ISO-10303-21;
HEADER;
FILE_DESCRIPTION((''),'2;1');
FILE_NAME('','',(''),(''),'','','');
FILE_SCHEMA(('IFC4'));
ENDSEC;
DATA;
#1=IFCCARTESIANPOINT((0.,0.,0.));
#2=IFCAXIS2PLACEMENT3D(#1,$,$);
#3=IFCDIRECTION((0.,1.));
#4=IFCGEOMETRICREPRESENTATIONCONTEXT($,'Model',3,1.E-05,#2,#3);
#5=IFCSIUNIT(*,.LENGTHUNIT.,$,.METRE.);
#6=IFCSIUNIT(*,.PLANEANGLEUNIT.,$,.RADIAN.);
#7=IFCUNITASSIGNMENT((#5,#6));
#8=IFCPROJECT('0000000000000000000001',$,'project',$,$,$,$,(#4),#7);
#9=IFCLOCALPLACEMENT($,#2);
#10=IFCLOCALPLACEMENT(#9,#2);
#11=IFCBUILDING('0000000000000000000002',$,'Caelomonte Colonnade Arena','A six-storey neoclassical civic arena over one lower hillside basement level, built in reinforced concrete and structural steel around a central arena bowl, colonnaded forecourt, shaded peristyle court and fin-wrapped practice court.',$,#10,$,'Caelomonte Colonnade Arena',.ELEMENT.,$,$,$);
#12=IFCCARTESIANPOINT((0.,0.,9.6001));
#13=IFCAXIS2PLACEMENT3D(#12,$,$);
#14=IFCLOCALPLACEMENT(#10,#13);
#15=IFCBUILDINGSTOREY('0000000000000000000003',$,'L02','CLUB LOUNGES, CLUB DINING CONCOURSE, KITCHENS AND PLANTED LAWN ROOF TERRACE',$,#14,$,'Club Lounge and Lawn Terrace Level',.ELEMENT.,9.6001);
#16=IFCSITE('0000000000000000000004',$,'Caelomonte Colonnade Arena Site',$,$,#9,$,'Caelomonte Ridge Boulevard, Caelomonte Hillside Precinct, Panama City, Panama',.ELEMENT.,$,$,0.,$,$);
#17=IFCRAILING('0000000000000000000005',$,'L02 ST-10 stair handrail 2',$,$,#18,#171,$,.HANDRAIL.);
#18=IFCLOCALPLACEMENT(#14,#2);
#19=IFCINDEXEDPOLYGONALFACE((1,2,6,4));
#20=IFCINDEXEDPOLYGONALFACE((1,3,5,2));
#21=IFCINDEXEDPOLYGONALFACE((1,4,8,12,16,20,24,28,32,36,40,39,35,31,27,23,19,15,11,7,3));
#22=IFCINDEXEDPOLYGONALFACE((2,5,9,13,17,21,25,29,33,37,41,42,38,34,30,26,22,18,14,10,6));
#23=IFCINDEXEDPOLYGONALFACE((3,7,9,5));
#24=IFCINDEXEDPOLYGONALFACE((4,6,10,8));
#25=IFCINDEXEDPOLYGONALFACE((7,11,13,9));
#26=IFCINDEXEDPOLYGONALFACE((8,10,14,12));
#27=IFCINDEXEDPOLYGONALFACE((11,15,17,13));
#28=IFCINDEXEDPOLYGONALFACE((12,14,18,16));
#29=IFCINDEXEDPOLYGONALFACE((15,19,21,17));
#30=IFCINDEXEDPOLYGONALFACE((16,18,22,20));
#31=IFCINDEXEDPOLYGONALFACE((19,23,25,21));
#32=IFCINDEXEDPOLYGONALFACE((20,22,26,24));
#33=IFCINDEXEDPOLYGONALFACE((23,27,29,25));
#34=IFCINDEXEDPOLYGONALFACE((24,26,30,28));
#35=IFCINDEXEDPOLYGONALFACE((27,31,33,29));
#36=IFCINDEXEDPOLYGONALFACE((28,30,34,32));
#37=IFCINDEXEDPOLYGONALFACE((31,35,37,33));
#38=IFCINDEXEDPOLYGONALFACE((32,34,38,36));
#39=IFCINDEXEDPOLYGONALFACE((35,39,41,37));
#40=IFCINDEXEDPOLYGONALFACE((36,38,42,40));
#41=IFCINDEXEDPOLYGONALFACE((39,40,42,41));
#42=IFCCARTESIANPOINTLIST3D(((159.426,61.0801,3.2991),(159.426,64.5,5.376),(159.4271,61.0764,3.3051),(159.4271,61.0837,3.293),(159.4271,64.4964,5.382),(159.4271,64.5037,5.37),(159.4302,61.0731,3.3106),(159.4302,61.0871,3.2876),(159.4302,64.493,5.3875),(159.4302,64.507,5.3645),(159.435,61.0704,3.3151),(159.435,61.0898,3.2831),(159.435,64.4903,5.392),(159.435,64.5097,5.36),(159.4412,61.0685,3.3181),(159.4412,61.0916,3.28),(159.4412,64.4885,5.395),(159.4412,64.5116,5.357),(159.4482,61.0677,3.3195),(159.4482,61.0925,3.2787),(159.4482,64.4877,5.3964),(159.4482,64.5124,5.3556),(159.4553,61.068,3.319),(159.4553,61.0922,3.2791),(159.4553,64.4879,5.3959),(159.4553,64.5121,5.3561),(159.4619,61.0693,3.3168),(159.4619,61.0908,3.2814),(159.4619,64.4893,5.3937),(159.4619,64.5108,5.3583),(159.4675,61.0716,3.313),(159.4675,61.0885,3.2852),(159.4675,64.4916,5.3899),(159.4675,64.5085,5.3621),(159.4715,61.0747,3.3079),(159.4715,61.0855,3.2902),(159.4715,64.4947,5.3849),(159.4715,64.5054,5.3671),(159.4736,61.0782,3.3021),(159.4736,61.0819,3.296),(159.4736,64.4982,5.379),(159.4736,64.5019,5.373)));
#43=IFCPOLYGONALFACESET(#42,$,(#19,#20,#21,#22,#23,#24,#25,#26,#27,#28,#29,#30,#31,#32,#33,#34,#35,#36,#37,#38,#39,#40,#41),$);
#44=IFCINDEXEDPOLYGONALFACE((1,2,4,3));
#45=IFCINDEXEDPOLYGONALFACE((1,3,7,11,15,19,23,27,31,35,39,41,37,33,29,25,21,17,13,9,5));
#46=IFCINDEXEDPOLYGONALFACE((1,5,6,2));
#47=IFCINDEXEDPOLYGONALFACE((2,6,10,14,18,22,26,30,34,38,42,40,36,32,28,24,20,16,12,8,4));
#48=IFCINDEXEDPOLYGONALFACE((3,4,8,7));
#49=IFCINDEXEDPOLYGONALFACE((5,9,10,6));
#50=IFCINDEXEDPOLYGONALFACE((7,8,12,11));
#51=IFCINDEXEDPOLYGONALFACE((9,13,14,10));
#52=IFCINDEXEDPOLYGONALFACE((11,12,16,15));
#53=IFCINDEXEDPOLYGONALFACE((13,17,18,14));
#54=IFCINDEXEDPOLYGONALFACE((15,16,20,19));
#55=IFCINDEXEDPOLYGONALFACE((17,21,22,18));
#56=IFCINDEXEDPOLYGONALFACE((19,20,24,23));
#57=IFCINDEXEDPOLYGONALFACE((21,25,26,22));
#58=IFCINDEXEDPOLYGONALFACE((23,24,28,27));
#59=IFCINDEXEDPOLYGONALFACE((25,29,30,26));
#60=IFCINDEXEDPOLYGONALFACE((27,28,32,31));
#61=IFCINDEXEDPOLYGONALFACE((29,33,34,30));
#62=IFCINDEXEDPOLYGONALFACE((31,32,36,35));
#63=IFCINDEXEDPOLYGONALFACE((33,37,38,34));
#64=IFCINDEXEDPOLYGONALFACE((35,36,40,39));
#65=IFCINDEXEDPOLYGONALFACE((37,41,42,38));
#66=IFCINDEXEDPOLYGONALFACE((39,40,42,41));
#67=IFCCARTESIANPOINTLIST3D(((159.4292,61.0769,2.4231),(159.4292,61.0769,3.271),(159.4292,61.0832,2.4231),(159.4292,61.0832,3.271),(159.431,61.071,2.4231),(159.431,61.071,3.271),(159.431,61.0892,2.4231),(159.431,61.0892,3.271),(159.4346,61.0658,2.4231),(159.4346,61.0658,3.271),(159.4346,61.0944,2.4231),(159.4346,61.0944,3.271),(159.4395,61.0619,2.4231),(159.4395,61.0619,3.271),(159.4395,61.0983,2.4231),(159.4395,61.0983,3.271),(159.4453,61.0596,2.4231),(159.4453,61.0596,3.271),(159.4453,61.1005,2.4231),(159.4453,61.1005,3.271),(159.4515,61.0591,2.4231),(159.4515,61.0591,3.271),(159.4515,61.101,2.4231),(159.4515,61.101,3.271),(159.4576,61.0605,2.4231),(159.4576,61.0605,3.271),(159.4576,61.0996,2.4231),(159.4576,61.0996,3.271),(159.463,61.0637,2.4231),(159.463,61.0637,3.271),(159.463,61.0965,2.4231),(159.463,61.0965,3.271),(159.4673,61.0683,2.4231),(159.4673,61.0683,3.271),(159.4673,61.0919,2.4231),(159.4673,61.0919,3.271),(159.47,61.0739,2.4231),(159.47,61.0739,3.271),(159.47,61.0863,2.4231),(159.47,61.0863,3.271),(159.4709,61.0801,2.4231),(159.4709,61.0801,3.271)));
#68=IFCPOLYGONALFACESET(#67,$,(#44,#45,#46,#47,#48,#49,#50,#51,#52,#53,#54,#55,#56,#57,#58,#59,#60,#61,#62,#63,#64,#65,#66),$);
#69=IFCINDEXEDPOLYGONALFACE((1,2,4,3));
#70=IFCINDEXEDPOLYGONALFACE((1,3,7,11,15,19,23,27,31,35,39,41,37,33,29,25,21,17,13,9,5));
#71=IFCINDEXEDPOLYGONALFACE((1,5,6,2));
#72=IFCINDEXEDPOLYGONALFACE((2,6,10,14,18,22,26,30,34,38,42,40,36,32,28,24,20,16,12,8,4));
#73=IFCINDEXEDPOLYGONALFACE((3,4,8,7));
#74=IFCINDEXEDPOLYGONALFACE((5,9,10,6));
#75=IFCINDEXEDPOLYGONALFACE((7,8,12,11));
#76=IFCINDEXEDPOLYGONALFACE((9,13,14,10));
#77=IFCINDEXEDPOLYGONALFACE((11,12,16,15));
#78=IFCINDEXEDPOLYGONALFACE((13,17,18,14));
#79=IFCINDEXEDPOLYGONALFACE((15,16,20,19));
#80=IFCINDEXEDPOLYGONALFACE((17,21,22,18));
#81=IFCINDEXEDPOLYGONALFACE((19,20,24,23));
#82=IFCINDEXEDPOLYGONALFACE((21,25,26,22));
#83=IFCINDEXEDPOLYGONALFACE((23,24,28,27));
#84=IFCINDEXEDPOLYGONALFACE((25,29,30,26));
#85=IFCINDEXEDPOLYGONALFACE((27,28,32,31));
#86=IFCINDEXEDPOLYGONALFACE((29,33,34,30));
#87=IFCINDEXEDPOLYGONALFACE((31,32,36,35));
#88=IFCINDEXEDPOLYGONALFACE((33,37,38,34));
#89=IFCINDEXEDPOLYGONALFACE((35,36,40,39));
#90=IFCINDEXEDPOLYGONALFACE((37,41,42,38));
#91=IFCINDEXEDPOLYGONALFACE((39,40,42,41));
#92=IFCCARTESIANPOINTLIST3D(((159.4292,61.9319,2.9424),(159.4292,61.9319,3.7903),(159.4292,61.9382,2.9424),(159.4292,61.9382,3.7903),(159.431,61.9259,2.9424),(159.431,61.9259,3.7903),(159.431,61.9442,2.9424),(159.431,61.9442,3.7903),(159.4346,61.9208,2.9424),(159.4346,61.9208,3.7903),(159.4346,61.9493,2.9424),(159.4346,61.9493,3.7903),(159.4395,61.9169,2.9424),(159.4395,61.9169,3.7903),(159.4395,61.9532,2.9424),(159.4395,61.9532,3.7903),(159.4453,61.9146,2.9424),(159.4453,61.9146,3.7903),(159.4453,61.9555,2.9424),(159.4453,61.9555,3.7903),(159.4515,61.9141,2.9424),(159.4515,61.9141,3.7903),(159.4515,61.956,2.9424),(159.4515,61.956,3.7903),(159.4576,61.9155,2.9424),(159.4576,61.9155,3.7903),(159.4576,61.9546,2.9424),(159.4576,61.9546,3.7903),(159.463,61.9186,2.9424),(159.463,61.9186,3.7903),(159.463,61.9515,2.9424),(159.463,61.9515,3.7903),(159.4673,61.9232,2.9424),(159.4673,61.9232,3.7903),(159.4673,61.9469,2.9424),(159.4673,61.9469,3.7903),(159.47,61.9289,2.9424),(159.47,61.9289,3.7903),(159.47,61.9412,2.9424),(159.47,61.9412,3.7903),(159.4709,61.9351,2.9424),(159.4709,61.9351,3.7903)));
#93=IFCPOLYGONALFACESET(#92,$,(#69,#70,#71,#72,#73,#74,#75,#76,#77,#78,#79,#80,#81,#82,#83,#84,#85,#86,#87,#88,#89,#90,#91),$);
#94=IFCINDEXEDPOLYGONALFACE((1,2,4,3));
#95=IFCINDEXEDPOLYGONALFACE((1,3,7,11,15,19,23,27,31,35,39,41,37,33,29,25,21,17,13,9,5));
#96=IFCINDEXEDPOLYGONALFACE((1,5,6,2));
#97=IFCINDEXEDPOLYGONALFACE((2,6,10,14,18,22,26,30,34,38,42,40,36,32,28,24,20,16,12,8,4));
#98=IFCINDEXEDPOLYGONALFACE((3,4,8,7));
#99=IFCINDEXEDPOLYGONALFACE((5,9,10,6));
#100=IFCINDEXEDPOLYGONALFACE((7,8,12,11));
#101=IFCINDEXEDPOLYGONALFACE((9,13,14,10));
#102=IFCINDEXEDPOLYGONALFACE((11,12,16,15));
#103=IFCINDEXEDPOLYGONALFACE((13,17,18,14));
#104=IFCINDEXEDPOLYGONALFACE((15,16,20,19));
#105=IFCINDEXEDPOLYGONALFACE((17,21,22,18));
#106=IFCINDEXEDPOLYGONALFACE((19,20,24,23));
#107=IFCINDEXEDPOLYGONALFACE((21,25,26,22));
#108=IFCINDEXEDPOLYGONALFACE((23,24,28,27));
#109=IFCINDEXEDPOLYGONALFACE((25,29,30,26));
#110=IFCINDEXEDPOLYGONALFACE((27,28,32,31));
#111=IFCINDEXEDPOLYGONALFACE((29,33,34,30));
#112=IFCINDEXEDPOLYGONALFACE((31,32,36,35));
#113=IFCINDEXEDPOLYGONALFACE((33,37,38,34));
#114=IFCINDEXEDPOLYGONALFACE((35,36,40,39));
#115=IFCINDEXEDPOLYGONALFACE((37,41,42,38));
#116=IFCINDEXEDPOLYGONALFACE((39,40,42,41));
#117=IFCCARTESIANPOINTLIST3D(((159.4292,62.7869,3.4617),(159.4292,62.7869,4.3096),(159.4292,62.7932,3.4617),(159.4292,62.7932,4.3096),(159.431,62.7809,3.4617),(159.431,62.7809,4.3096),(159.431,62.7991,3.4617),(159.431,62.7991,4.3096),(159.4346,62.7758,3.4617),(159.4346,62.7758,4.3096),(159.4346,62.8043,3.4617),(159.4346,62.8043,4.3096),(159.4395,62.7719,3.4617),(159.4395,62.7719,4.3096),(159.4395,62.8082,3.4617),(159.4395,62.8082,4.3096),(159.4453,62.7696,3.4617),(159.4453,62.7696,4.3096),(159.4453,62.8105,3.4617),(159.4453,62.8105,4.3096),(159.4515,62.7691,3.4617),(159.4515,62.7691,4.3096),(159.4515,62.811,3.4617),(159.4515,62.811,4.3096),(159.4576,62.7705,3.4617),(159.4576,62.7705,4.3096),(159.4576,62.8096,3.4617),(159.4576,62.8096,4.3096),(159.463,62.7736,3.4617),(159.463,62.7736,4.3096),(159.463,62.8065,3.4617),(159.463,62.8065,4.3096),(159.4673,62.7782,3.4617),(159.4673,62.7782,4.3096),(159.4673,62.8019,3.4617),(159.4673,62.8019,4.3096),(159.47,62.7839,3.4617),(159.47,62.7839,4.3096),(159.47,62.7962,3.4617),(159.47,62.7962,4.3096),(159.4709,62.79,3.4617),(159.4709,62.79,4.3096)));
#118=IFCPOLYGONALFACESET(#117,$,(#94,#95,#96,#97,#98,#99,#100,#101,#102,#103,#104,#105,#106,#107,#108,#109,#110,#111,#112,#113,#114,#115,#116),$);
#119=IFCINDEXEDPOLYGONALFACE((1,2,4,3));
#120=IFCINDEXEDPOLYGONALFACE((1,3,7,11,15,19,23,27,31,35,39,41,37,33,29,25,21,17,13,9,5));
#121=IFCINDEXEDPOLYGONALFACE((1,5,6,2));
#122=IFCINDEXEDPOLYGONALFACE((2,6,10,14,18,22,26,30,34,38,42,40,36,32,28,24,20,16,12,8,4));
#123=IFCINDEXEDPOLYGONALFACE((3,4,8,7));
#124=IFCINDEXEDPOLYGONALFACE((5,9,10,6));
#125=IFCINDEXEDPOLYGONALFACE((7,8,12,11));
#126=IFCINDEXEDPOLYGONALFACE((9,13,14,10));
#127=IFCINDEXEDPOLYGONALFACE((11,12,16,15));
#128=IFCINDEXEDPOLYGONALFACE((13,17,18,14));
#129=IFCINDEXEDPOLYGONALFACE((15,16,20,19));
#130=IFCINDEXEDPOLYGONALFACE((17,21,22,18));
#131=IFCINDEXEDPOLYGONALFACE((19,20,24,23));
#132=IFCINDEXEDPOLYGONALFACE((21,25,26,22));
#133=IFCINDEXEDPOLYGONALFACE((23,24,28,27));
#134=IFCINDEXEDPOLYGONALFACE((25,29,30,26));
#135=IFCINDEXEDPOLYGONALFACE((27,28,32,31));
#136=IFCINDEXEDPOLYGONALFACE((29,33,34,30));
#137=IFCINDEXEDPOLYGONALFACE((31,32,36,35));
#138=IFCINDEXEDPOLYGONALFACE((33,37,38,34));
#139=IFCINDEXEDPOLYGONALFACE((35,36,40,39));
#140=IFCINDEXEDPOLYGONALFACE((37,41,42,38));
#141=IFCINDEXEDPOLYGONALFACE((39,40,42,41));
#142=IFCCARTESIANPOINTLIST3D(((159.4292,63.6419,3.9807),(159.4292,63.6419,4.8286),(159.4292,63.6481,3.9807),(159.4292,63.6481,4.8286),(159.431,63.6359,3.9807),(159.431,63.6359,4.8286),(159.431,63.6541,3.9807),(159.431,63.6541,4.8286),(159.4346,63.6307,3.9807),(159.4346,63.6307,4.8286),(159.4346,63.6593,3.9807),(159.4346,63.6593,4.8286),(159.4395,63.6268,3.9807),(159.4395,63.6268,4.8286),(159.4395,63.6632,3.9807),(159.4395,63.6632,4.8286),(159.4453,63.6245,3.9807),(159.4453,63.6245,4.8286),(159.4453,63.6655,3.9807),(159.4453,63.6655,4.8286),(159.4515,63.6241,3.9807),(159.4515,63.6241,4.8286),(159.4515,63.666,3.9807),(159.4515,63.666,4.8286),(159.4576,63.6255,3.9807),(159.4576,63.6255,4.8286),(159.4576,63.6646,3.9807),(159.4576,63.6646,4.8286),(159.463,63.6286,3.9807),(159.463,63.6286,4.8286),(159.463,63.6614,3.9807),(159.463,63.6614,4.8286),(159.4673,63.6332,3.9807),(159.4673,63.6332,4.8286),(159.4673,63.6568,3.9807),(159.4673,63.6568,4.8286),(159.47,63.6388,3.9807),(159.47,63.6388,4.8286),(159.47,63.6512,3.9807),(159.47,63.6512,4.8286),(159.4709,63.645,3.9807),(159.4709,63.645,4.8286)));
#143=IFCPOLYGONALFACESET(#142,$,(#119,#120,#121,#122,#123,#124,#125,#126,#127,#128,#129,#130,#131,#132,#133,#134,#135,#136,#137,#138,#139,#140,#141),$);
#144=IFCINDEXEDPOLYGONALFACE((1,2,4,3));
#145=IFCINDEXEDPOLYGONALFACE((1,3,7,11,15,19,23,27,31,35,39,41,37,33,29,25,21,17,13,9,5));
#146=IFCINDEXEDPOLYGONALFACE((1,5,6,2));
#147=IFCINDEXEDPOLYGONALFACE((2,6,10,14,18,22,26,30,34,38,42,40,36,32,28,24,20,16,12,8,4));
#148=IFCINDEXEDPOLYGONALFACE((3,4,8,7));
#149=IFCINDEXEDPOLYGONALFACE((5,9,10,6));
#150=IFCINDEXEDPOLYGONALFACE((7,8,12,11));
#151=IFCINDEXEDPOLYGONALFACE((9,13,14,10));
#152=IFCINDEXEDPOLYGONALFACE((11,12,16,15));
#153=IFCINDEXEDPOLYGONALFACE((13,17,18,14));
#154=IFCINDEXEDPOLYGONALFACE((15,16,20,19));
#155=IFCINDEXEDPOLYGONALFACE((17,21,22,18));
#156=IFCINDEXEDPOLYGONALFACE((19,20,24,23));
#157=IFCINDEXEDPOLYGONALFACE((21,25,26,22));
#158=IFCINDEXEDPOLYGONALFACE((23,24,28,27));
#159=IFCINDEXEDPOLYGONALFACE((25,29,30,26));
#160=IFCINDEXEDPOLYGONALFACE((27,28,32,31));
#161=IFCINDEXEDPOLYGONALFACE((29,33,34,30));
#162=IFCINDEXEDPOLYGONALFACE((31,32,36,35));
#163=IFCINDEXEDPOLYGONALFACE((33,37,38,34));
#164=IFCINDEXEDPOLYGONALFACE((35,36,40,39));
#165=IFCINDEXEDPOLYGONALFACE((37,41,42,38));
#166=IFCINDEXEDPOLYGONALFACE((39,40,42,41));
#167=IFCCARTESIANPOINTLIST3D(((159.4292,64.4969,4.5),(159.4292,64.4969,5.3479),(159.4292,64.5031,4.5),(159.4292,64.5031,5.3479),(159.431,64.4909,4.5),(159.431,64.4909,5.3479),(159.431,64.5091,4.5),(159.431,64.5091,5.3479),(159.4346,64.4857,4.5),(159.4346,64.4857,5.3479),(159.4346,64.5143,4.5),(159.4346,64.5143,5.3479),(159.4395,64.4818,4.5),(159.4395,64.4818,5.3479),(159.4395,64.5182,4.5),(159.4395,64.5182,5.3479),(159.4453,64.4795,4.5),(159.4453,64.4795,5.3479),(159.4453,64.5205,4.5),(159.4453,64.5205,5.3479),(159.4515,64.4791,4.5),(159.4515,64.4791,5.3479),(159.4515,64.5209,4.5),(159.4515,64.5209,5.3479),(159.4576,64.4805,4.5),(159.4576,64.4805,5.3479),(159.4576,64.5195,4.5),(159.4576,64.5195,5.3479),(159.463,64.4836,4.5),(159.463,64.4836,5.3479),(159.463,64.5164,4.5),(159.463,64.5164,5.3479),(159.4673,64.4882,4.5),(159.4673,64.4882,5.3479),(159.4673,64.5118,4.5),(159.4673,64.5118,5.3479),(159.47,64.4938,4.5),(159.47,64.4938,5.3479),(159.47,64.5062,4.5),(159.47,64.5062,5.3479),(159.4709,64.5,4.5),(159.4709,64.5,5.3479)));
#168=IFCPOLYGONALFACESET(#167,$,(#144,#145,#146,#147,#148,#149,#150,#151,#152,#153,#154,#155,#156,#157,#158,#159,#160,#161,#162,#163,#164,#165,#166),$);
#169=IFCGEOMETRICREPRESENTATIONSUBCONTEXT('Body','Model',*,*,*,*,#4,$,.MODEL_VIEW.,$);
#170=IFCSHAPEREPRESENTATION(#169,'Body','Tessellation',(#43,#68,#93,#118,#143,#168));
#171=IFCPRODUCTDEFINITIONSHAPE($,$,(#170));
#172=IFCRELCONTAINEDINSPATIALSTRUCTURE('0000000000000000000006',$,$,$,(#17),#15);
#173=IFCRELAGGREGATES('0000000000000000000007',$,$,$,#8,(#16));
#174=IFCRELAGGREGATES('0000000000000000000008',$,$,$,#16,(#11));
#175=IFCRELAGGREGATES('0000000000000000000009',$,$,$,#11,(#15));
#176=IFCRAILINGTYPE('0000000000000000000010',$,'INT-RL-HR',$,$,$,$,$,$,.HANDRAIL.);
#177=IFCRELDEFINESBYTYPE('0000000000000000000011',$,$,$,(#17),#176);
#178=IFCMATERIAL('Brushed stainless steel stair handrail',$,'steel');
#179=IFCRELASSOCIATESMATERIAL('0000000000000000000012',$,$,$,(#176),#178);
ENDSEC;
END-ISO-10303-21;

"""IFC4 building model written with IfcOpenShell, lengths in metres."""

from ifc_helpers import new_model, si_unit, direction, frame, origin, origin_2d, place, context, subcontext, project, spatial, circle, extrude, material, type_object, element, save


model = new_model("IFC4")

# Units and contexts
model_context = context("Model", 3, precision=1e-05, world=origin(), true_north=direction((0.0, 1.0)))
body_context = subcontext(model_context, "Body", "Model", "MODEL_VIEW")
ifc_project = project(units=[si_unit("LENGTHUNIT", "METRE"), si_unit("PLANEANGLEUNIT", "RADIAN")], contexts=[model_context])

# Site, building, storey
site_placement = place(None, origin())
site = spatial("IfcSite", under=ifc_project, at=site_placement, Name="Caelomonte Colonnade Arena Site", LongName="Caelomonte Ridge Boulevard, Caelomonte Hillside Precinct, Panama City, Panama", CompositionType="ELEMENT", RefElevation=0.0)
building_placement = place(site_placement, origin())
building = spatial("IfcBuilding", under=site, at=building_placement, Name="Caelomonte Colonnade Arena", Description="A six-storey neoclassical civic arena over one lower hillside basement level, built in reinforced concrete and structural steel around a central arena bowl, colonnaded forecourt, shaded peristyle court and fin-wrapped practice court.", LongName="Caelomonte Colonnade Arena", CompositionType="ELEMENT")
storey_placement = place(building_placement, frame((0.0, 0.0, 9.6001)))
storey = spatial("IfcBuildingStorey", under=building, at=storey_placement, Name="L02", Description="CLUB LOUNGES, CLUB DINING CONCOURSE, KITCHENS AND PLANTED LAWN ROOF TERRACE", LongName="Club Lounge and Lawn Terrace Level", CompositionType="ELEMENT", Elevation=9.6001)

# Railing
ifc_material_1 = material(Name="Brushed stainless steel stair handrail", Category="steel")
railing_type_1 = type_object("IfcRailingType", Name="INT-RL-HR", PredefinedType="HANDRAIL", material=ifc_material_1)
railing_1_placement = place(storey_placement, frame((159.45, 61.0801, 2.4231)))
element("IfcRailing", 1, at=railing_1_placement, inside=storey, type_object=railing_type_1, Name="L02 ST-10 stair handrail 2", PredefinedType="HANDRAIL", context=body_context, shape_type="SweptSolid", body=[
    extrude(circle(Radius=0.0239, at=origin_2d()), frame((0.0, 0.0, 0.876), z_axis=(0.0, 0.85473, 0.519074), x_axis=(-1.0, 0.0, 0.0)), (0.0, 0.0, 1.0), 4.0012),
    extrude(circle(Radius=0.021, at=origin_2d()), origin(), (0.0, 0.0, 1.0), 0.8479),
    extrude(circle(Radius=0.021, at=origin_2d()), frame((0.0, 0.855, 0.5193)), (0.0, 0.0, 1.0), 0.8479),
    extrude(circle(Radius=0.021, at=origin_2d()), frame((0.0, 1.71, 1.0386)), (0.0, 0.0, 1.0), 0.8479),
    extrude(circle(Radius=0.021, at=origin_2d()), frame((0.0, 2.5649, 1.5576)), (0.0, 0.0, 1.0), 0.8479),
    extrude(circle(Radius=0.021, at=origin_2d()), frame((0.0, 3.4199, 2.0769)), (0.0, 0.0, 1.0), 0.8479),
])

save(model, "model.ifc")
